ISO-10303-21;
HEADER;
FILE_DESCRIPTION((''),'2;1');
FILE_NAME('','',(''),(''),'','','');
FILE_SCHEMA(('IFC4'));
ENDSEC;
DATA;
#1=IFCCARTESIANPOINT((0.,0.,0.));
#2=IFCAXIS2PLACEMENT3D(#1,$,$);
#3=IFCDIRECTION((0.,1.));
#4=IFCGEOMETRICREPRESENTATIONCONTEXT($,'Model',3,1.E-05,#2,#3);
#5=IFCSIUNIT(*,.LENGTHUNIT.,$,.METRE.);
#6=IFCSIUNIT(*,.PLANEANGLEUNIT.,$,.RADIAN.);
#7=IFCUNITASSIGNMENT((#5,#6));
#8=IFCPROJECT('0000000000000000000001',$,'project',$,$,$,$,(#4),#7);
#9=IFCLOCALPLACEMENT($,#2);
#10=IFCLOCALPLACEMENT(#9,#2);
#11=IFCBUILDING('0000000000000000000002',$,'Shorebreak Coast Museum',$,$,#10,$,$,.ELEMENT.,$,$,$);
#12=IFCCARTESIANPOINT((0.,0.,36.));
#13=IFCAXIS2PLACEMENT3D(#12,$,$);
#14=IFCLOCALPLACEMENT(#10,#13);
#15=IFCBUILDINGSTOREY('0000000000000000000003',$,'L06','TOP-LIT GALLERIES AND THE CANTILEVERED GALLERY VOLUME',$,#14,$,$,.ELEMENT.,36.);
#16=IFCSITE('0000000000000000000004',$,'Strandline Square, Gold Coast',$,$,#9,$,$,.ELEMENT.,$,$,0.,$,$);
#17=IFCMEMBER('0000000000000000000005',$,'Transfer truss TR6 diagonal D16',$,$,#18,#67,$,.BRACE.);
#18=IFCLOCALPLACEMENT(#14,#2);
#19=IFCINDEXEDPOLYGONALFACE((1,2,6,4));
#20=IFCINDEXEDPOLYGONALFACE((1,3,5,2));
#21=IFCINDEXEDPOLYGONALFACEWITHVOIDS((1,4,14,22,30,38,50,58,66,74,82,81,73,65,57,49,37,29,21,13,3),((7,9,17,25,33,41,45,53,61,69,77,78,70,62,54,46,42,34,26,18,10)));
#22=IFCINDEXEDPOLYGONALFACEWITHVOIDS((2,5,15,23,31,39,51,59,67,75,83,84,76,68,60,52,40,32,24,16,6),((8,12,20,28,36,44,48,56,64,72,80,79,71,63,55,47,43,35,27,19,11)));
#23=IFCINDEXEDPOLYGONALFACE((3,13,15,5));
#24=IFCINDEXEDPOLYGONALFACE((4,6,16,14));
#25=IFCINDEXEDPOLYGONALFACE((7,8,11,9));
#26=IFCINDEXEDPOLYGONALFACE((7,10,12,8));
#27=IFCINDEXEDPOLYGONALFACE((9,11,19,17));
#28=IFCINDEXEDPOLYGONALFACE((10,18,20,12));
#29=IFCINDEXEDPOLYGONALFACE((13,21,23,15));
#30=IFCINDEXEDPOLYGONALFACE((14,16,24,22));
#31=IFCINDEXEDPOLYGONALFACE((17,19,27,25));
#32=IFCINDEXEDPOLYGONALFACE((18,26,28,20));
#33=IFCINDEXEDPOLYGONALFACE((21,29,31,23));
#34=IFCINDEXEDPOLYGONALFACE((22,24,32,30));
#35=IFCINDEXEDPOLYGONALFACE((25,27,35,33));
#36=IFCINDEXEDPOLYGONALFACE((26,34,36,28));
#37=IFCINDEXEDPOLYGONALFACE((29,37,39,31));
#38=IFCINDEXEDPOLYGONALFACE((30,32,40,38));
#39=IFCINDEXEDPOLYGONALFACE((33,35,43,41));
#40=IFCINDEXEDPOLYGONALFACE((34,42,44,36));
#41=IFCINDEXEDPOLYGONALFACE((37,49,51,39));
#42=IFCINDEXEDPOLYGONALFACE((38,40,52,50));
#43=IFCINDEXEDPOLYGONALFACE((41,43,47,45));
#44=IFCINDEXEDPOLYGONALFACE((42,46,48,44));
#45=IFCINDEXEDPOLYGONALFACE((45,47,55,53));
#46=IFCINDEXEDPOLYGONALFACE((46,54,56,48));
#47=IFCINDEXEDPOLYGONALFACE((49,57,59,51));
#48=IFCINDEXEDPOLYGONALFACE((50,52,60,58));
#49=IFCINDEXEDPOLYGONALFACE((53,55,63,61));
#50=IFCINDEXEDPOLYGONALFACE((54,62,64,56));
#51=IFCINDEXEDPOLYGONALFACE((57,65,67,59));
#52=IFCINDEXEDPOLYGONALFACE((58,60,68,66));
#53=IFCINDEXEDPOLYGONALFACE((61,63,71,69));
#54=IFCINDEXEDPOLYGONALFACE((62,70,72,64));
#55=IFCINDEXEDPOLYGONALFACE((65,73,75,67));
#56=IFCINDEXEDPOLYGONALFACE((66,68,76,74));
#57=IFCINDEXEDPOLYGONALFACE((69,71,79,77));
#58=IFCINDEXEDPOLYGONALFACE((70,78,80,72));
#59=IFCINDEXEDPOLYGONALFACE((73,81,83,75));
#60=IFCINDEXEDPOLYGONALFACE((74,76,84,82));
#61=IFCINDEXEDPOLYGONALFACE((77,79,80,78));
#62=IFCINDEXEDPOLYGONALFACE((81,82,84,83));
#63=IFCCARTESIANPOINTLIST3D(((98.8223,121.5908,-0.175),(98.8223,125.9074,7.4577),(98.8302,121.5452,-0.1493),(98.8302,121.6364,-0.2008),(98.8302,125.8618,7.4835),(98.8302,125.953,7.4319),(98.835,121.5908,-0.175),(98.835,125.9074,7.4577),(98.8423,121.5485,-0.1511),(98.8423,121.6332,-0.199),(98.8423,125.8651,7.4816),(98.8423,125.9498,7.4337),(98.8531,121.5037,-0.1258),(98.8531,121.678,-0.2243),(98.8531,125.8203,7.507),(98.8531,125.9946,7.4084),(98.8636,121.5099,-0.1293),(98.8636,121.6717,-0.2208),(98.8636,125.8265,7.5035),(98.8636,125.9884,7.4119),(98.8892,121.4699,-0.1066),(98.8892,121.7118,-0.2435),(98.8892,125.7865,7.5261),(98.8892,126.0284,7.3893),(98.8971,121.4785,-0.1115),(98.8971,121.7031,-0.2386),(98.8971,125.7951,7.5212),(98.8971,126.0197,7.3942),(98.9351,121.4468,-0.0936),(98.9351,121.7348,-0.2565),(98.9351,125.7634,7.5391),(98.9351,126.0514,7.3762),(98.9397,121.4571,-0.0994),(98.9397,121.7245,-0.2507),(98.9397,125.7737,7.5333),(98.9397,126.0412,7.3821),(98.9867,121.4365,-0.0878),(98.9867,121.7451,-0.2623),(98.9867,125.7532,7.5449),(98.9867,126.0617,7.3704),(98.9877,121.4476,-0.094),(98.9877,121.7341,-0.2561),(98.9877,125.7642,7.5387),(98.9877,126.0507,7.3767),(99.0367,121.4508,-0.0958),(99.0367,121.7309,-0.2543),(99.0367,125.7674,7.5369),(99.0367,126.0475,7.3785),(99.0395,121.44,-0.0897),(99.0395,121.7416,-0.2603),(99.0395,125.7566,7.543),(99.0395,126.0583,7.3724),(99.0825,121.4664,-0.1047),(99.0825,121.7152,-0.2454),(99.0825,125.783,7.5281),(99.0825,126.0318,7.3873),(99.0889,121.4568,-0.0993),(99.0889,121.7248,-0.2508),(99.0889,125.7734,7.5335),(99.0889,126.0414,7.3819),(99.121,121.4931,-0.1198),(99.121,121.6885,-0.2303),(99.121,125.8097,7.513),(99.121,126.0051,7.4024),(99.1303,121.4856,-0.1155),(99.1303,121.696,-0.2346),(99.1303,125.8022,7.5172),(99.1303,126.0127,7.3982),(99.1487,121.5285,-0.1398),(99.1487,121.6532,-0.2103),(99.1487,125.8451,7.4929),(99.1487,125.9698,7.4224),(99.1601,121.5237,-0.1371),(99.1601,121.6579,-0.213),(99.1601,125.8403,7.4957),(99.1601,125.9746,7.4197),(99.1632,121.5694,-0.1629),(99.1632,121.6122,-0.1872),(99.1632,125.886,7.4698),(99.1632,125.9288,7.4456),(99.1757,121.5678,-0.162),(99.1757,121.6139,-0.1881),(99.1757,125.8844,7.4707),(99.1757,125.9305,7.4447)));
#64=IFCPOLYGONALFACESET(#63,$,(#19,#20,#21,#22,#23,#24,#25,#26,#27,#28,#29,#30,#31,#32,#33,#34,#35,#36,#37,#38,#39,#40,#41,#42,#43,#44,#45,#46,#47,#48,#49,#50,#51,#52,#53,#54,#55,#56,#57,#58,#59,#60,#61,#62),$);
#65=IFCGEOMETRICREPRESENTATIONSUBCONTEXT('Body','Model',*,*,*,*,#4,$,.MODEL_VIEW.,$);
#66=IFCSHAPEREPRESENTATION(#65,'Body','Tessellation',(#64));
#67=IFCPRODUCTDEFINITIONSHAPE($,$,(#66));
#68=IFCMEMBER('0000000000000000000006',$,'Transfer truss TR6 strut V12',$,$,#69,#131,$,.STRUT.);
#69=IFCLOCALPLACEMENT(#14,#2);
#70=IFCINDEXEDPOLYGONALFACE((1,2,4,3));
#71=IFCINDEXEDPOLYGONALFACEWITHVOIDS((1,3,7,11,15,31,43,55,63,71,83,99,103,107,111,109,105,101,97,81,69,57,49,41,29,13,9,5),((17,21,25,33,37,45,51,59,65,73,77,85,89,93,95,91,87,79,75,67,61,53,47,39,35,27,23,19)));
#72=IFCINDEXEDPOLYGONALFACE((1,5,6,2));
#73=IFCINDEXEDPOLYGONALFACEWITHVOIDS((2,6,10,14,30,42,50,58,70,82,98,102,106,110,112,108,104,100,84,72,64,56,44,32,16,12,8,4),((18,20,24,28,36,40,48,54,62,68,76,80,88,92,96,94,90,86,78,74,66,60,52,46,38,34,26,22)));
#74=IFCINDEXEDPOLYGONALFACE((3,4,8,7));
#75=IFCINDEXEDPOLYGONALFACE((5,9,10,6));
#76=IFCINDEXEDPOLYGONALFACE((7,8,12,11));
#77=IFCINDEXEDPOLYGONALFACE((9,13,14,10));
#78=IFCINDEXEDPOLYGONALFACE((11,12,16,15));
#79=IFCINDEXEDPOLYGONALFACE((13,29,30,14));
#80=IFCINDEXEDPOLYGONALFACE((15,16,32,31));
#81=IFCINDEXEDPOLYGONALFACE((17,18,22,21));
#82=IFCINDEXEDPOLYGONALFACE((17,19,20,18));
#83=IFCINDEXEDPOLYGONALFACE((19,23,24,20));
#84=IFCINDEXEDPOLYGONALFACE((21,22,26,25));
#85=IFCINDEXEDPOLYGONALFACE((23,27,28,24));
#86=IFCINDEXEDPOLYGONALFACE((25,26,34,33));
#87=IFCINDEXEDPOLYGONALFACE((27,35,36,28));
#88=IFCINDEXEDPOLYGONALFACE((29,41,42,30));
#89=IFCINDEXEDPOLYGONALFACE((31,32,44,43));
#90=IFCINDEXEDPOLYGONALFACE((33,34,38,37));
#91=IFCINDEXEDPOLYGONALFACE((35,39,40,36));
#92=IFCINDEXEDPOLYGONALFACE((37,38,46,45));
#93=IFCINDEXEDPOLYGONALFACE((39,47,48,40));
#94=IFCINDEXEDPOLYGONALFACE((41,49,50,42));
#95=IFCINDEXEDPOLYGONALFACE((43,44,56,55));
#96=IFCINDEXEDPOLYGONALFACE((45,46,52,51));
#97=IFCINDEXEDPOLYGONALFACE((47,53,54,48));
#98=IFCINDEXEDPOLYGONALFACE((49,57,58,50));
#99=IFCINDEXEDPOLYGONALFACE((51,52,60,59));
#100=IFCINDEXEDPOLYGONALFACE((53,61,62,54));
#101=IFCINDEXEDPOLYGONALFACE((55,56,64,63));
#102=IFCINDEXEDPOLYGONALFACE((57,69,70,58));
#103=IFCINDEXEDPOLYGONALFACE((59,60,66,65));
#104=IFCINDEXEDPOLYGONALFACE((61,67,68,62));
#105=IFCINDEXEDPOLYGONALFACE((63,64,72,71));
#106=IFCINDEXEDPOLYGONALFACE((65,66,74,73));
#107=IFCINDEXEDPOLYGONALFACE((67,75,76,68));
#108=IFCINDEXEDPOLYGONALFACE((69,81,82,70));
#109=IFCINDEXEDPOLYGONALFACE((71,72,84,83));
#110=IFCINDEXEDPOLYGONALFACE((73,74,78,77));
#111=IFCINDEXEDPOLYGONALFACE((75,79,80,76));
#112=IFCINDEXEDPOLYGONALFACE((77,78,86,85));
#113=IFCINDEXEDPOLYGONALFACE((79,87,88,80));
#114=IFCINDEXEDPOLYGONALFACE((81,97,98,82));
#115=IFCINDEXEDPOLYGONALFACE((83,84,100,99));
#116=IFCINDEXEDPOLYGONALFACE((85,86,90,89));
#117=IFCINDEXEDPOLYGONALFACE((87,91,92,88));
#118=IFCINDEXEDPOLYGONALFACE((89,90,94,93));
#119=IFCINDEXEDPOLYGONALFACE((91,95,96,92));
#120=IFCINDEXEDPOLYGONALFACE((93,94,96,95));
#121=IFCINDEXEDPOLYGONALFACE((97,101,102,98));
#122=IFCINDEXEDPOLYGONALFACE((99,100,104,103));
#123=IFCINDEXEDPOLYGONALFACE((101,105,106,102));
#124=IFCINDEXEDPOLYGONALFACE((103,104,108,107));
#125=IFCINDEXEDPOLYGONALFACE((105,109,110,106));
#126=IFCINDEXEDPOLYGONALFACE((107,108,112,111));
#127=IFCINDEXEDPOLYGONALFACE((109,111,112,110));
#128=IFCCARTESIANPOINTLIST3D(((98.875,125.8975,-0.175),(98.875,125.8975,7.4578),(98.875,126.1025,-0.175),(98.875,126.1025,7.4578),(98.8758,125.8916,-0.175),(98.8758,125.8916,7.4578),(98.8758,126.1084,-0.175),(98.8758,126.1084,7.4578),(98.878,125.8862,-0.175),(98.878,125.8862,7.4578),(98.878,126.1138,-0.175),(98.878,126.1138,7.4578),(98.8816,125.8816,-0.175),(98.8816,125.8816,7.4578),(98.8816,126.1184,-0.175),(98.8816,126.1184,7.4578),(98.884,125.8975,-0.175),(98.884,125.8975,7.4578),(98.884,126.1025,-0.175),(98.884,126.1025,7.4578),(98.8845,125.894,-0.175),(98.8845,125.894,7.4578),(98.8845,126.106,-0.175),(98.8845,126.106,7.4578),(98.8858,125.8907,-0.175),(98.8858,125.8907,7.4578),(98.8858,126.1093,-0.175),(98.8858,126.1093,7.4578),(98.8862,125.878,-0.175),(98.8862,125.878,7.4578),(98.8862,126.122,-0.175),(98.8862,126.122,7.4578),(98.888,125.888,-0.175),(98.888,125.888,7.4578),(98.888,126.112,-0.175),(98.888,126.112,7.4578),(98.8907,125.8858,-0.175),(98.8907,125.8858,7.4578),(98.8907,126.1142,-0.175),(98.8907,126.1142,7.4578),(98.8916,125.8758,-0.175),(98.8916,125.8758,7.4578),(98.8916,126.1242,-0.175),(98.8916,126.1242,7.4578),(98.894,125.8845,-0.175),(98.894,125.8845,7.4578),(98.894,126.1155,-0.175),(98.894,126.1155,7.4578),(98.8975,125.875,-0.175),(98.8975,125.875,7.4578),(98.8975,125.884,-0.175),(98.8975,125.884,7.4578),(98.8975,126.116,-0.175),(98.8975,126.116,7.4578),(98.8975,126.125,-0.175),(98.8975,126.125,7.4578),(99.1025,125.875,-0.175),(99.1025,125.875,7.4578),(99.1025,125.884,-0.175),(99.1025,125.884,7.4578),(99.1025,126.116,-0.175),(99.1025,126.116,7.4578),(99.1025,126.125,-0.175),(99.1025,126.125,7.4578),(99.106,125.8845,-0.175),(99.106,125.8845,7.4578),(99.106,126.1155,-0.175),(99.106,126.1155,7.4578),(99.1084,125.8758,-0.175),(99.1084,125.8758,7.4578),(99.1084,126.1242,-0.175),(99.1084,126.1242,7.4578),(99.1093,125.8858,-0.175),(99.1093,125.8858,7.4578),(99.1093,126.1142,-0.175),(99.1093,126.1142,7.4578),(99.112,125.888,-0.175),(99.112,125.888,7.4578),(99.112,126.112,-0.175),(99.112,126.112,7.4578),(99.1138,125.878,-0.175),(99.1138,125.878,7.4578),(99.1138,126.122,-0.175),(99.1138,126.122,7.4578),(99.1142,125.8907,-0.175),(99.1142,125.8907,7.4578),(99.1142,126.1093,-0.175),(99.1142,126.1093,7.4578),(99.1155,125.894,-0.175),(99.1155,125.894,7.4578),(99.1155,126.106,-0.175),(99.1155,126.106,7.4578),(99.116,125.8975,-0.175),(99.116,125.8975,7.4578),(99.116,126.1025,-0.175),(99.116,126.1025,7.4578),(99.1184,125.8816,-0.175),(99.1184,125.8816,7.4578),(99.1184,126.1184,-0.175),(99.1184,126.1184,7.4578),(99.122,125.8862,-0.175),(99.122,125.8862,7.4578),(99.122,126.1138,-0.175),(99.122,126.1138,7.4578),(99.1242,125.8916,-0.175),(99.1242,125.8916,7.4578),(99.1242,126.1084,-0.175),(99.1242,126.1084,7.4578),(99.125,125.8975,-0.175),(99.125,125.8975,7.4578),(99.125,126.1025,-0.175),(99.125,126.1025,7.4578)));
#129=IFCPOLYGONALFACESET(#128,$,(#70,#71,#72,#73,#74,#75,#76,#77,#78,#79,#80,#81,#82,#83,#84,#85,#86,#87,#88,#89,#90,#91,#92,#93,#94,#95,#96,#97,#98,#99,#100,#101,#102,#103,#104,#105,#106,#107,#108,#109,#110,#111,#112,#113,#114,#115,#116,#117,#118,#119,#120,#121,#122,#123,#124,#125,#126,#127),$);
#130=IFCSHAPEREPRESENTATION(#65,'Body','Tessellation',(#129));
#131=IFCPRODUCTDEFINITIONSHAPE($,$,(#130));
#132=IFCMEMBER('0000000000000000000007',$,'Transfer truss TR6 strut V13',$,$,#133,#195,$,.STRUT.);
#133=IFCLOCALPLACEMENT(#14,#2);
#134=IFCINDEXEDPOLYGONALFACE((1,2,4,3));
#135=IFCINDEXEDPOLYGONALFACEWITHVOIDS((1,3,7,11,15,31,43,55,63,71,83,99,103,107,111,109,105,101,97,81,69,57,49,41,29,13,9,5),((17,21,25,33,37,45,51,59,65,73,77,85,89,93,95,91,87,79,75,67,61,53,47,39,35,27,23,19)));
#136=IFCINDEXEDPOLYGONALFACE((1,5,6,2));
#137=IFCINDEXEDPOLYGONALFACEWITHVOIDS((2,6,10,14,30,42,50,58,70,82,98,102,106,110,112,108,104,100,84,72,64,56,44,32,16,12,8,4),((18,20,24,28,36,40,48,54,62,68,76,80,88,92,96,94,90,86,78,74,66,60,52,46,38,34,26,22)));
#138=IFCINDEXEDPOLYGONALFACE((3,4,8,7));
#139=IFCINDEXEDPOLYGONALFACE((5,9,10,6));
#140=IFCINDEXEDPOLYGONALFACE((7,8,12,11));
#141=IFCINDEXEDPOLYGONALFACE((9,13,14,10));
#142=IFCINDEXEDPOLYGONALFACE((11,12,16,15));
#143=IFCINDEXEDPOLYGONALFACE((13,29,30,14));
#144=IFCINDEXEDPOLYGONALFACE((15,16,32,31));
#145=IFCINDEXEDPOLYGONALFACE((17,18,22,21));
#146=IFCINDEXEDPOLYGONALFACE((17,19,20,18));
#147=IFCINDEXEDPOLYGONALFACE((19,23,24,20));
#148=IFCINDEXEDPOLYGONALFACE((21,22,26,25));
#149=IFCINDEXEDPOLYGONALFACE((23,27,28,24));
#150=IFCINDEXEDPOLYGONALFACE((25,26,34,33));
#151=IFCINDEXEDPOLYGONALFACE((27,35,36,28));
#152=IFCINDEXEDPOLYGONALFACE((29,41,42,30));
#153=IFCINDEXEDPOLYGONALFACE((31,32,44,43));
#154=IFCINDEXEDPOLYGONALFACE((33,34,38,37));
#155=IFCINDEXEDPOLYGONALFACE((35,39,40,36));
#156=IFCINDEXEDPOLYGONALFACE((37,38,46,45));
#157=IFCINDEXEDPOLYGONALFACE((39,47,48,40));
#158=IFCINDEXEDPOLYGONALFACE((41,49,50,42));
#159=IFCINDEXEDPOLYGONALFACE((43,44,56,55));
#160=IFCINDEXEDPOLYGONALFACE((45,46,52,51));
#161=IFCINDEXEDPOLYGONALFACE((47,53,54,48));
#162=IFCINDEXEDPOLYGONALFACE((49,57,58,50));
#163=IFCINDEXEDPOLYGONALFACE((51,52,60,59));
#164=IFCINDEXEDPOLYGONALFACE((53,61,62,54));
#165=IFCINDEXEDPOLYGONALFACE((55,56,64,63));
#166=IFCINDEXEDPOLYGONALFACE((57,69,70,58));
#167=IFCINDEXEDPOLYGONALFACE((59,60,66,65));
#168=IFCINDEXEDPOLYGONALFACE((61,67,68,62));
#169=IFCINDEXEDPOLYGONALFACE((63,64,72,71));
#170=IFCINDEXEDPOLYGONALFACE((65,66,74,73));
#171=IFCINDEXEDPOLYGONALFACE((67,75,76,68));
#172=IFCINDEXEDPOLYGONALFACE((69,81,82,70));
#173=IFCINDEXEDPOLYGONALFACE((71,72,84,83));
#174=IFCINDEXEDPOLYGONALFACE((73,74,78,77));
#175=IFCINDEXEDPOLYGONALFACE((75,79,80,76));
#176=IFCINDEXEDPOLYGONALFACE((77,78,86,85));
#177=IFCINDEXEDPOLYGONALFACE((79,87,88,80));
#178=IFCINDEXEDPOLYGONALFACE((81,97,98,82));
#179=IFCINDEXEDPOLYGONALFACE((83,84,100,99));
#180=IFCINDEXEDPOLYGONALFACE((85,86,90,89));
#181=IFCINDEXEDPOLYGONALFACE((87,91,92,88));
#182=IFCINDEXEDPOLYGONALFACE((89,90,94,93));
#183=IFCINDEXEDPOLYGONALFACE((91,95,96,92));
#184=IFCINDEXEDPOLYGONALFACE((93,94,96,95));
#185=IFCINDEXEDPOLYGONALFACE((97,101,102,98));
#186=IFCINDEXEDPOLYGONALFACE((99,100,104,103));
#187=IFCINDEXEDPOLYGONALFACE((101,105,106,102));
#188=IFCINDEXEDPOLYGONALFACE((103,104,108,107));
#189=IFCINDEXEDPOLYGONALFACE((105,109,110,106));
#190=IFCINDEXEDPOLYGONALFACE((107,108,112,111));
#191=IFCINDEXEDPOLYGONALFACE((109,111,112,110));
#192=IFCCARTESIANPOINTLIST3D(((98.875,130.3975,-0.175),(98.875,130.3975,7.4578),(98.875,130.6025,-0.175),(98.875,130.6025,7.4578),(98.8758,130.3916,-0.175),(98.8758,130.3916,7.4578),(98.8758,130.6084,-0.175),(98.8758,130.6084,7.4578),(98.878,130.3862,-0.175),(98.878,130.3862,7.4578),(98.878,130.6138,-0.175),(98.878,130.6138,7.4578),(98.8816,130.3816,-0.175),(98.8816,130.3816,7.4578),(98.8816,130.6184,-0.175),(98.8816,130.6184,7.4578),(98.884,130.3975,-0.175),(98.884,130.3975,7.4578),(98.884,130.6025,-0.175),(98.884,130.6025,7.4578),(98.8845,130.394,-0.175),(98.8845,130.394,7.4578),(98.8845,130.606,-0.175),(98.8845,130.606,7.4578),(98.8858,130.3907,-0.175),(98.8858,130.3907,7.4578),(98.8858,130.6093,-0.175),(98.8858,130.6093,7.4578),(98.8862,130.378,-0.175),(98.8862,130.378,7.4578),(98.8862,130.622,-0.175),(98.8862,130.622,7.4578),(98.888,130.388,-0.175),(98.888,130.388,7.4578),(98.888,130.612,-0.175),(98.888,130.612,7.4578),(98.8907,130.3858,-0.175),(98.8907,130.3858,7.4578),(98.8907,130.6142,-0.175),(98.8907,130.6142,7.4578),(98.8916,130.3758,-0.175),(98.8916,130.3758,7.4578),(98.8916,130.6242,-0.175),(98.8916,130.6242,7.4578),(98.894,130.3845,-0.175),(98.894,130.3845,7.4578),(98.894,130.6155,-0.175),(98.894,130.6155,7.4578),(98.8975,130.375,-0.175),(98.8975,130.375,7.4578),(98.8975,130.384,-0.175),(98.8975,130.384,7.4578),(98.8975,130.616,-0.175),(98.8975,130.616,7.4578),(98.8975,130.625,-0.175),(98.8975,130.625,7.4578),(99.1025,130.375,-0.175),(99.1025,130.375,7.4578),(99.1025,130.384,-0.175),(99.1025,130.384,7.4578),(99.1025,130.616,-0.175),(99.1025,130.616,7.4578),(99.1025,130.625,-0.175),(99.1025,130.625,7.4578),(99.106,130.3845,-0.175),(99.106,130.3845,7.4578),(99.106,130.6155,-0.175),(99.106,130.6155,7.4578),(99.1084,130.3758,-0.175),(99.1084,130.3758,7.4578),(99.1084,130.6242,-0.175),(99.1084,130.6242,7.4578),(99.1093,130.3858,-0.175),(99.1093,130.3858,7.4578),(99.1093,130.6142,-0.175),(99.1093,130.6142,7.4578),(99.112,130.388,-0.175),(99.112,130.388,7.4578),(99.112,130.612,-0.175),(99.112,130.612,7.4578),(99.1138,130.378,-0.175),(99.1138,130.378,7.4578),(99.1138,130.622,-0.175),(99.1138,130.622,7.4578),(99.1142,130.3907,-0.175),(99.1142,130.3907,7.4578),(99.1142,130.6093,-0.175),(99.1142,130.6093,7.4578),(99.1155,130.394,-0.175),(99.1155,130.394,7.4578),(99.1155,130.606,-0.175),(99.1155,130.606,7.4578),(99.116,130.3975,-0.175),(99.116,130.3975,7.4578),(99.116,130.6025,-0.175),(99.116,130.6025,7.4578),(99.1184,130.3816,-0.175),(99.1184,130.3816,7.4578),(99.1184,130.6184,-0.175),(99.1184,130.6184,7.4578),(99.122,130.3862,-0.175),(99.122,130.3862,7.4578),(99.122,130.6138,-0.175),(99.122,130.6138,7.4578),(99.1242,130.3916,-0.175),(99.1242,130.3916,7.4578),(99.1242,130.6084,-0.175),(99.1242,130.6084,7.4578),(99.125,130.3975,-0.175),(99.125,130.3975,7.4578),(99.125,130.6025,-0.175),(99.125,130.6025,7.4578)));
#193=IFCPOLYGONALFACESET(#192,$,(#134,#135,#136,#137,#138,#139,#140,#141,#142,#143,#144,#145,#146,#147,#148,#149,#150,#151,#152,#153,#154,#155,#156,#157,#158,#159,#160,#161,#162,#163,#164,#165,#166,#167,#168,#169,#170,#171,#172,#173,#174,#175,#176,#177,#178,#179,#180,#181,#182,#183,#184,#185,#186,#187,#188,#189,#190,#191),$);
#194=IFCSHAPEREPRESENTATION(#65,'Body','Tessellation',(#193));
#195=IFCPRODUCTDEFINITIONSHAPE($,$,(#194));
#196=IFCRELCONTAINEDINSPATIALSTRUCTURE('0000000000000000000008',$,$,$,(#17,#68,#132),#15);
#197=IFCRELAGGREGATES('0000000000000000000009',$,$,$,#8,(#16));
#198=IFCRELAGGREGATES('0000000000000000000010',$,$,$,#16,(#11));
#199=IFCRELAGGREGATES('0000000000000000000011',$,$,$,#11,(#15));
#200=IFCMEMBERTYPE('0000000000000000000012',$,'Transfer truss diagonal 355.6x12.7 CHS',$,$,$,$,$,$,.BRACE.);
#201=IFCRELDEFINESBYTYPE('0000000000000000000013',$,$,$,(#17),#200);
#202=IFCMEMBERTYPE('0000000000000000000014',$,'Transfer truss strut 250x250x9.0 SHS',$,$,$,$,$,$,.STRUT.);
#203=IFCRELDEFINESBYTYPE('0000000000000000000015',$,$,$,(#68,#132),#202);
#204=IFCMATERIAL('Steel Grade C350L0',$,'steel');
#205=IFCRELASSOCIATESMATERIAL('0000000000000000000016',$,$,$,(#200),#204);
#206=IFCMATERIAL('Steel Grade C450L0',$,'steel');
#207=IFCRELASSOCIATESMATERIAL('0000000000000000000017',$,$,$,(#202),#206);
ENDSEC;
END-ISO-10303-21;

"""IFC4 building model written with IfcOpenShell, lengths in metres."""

from ifc_helpers import new_model, si_unit, direction, frame, origin, origin_2d, place, context, subcontext, project, spatial, hollow_rectangle, hollow_circle, extrude, material, material_profile, profile_set, type_object, element, save


model = new_model("IFC4")

# Units and contexts
model_context = context("Model", 3, precision=1e-05, world=origin(), true_north=direction((0.0, 1.0)))
body_context = subcontext(model_context, "Body", "Model", "MODEL_VIEW")
ifc_project = project(units=[si_unit("LENGTHUNIT", "METRE"), si_unit("PLANEANGLEUNIT", "RADIAN")], contexts=[model_context])

# Site, building, storey
site_placement = place(None, origin())
site = spatial("IfcSite", under=ifc_project, at=site_placement, Name="Strandline Square, Gold Coast", CompositionType="ELEMENT", RefElevation=0.0)
building_placement = place(site_placement, origin())
building = spatial("IfcBuilding", under=site, at=building_placement, Name="Shorebreak Coast Museum", CompositionType="ELEMENT")
storey_placement = place(building_placement, frame((0.0, 0.0, 36.0)))
storey = spatial("IfcBuildingStorey", under=building, at=storey_placement, Name="L06", Description="TOP-LIT GALLERIES AND THE CANTILEVERED GALLERY VOLUME", CompositionType="ELEMENT", Elevation=36.0)

# Members
ifc_material_1 = material(Name="Steel Grade C350L0", Category="steel")
ifc_material_profile_1 = material_profile(ifc_material_1, hollow_circle(Radius=0.1777, WallThickness=0.0127, at=origin_2d()), Name="355.6x12.7 CHS")
ifc_profile_set_1 = profile_set([ifc_material_profile_1], Name="Steel Grade C350L0")
member_type_1 = type_object("IfcMemberType", Name="Transfer truss diagonal 355.6x12.7 CHS", PredefinedType="BRACE", material=ifc_profile_set_1)
member_1_placement = place(storey_placement, frame((99.0, 121.5908, -0.175), z_axis=(0.0, 0.492269, 0.870443), x_axis=(-1.0, 0.0, 0.0)))
element("IfcMember", 1, at=member_1_placement, inside=storey, type_object=member_type_1, Name="Transfer truss TR6 diagonal D16", PredefinedType="BRACE", context=body_context, shape_type="SweptSolid", body=[
    extrude(hollow_circle(Radius=0.1777, WallThickness=0.0127, at=origin_2d()), origin(), (0.0, 0.0, 1.0), 8.7688),
])
ifc_material_2 = material(Name="Steel Grade C450L0", Category="steel")
ifc_material_profile_2 = material_profile(ifc_material_2, hollow_rectangle(XDim=0.25, YDim=0.25, WallThickness=0.009, InnerFilletRadius=0.0134, OuterFilletRadius=0.0225, at=origin_2d()), Name="250x250x9.0 SHS")
ifc_profile_set_2 = profile_set([ifc_material_profile_2], Name="Steel Grade C450L0")
member_type_2 = type_object("IfcMemberType", Name="Transfer truss strut 250x250x9.0 SHS", PredefinedType="STRUT", material=ifc_profile_set_2)
for number, where, z_axis, x_axis, name in (
    (2, (99.0, 126.0, -0.175), (0.0, 0.0, 1.0), (1.0, 0.0, 0.0), "Transfer truss TR6 strut V12"),
    (3, (99.0, 130.5, -0.175), (0.0, 0.0, 1.0), (1.0, 0.0, 0.0), "Transfer truss TR6 strut V13"),
):
    element("IfcMember", number, at=place(storey_placement, frame(where, z_axis=z_axis, x_axis=x_axis)), inside=storey, type_object=member_type_2, Name=name, PredefinedType="STRUT", context=body_context, shape_type="SweptSolid", body=[
        extrude(hollow_rectangle(XDim=0.25, YDim=0.25, WallThickness=0.009, InnerFilletRadius=0.0134, OuterFilletRadius=0.0225, at=origin_2d()), origin(), (0.0, 0.0, 1.0), 7.6328),
    ])

save(model, "model.ifc")
